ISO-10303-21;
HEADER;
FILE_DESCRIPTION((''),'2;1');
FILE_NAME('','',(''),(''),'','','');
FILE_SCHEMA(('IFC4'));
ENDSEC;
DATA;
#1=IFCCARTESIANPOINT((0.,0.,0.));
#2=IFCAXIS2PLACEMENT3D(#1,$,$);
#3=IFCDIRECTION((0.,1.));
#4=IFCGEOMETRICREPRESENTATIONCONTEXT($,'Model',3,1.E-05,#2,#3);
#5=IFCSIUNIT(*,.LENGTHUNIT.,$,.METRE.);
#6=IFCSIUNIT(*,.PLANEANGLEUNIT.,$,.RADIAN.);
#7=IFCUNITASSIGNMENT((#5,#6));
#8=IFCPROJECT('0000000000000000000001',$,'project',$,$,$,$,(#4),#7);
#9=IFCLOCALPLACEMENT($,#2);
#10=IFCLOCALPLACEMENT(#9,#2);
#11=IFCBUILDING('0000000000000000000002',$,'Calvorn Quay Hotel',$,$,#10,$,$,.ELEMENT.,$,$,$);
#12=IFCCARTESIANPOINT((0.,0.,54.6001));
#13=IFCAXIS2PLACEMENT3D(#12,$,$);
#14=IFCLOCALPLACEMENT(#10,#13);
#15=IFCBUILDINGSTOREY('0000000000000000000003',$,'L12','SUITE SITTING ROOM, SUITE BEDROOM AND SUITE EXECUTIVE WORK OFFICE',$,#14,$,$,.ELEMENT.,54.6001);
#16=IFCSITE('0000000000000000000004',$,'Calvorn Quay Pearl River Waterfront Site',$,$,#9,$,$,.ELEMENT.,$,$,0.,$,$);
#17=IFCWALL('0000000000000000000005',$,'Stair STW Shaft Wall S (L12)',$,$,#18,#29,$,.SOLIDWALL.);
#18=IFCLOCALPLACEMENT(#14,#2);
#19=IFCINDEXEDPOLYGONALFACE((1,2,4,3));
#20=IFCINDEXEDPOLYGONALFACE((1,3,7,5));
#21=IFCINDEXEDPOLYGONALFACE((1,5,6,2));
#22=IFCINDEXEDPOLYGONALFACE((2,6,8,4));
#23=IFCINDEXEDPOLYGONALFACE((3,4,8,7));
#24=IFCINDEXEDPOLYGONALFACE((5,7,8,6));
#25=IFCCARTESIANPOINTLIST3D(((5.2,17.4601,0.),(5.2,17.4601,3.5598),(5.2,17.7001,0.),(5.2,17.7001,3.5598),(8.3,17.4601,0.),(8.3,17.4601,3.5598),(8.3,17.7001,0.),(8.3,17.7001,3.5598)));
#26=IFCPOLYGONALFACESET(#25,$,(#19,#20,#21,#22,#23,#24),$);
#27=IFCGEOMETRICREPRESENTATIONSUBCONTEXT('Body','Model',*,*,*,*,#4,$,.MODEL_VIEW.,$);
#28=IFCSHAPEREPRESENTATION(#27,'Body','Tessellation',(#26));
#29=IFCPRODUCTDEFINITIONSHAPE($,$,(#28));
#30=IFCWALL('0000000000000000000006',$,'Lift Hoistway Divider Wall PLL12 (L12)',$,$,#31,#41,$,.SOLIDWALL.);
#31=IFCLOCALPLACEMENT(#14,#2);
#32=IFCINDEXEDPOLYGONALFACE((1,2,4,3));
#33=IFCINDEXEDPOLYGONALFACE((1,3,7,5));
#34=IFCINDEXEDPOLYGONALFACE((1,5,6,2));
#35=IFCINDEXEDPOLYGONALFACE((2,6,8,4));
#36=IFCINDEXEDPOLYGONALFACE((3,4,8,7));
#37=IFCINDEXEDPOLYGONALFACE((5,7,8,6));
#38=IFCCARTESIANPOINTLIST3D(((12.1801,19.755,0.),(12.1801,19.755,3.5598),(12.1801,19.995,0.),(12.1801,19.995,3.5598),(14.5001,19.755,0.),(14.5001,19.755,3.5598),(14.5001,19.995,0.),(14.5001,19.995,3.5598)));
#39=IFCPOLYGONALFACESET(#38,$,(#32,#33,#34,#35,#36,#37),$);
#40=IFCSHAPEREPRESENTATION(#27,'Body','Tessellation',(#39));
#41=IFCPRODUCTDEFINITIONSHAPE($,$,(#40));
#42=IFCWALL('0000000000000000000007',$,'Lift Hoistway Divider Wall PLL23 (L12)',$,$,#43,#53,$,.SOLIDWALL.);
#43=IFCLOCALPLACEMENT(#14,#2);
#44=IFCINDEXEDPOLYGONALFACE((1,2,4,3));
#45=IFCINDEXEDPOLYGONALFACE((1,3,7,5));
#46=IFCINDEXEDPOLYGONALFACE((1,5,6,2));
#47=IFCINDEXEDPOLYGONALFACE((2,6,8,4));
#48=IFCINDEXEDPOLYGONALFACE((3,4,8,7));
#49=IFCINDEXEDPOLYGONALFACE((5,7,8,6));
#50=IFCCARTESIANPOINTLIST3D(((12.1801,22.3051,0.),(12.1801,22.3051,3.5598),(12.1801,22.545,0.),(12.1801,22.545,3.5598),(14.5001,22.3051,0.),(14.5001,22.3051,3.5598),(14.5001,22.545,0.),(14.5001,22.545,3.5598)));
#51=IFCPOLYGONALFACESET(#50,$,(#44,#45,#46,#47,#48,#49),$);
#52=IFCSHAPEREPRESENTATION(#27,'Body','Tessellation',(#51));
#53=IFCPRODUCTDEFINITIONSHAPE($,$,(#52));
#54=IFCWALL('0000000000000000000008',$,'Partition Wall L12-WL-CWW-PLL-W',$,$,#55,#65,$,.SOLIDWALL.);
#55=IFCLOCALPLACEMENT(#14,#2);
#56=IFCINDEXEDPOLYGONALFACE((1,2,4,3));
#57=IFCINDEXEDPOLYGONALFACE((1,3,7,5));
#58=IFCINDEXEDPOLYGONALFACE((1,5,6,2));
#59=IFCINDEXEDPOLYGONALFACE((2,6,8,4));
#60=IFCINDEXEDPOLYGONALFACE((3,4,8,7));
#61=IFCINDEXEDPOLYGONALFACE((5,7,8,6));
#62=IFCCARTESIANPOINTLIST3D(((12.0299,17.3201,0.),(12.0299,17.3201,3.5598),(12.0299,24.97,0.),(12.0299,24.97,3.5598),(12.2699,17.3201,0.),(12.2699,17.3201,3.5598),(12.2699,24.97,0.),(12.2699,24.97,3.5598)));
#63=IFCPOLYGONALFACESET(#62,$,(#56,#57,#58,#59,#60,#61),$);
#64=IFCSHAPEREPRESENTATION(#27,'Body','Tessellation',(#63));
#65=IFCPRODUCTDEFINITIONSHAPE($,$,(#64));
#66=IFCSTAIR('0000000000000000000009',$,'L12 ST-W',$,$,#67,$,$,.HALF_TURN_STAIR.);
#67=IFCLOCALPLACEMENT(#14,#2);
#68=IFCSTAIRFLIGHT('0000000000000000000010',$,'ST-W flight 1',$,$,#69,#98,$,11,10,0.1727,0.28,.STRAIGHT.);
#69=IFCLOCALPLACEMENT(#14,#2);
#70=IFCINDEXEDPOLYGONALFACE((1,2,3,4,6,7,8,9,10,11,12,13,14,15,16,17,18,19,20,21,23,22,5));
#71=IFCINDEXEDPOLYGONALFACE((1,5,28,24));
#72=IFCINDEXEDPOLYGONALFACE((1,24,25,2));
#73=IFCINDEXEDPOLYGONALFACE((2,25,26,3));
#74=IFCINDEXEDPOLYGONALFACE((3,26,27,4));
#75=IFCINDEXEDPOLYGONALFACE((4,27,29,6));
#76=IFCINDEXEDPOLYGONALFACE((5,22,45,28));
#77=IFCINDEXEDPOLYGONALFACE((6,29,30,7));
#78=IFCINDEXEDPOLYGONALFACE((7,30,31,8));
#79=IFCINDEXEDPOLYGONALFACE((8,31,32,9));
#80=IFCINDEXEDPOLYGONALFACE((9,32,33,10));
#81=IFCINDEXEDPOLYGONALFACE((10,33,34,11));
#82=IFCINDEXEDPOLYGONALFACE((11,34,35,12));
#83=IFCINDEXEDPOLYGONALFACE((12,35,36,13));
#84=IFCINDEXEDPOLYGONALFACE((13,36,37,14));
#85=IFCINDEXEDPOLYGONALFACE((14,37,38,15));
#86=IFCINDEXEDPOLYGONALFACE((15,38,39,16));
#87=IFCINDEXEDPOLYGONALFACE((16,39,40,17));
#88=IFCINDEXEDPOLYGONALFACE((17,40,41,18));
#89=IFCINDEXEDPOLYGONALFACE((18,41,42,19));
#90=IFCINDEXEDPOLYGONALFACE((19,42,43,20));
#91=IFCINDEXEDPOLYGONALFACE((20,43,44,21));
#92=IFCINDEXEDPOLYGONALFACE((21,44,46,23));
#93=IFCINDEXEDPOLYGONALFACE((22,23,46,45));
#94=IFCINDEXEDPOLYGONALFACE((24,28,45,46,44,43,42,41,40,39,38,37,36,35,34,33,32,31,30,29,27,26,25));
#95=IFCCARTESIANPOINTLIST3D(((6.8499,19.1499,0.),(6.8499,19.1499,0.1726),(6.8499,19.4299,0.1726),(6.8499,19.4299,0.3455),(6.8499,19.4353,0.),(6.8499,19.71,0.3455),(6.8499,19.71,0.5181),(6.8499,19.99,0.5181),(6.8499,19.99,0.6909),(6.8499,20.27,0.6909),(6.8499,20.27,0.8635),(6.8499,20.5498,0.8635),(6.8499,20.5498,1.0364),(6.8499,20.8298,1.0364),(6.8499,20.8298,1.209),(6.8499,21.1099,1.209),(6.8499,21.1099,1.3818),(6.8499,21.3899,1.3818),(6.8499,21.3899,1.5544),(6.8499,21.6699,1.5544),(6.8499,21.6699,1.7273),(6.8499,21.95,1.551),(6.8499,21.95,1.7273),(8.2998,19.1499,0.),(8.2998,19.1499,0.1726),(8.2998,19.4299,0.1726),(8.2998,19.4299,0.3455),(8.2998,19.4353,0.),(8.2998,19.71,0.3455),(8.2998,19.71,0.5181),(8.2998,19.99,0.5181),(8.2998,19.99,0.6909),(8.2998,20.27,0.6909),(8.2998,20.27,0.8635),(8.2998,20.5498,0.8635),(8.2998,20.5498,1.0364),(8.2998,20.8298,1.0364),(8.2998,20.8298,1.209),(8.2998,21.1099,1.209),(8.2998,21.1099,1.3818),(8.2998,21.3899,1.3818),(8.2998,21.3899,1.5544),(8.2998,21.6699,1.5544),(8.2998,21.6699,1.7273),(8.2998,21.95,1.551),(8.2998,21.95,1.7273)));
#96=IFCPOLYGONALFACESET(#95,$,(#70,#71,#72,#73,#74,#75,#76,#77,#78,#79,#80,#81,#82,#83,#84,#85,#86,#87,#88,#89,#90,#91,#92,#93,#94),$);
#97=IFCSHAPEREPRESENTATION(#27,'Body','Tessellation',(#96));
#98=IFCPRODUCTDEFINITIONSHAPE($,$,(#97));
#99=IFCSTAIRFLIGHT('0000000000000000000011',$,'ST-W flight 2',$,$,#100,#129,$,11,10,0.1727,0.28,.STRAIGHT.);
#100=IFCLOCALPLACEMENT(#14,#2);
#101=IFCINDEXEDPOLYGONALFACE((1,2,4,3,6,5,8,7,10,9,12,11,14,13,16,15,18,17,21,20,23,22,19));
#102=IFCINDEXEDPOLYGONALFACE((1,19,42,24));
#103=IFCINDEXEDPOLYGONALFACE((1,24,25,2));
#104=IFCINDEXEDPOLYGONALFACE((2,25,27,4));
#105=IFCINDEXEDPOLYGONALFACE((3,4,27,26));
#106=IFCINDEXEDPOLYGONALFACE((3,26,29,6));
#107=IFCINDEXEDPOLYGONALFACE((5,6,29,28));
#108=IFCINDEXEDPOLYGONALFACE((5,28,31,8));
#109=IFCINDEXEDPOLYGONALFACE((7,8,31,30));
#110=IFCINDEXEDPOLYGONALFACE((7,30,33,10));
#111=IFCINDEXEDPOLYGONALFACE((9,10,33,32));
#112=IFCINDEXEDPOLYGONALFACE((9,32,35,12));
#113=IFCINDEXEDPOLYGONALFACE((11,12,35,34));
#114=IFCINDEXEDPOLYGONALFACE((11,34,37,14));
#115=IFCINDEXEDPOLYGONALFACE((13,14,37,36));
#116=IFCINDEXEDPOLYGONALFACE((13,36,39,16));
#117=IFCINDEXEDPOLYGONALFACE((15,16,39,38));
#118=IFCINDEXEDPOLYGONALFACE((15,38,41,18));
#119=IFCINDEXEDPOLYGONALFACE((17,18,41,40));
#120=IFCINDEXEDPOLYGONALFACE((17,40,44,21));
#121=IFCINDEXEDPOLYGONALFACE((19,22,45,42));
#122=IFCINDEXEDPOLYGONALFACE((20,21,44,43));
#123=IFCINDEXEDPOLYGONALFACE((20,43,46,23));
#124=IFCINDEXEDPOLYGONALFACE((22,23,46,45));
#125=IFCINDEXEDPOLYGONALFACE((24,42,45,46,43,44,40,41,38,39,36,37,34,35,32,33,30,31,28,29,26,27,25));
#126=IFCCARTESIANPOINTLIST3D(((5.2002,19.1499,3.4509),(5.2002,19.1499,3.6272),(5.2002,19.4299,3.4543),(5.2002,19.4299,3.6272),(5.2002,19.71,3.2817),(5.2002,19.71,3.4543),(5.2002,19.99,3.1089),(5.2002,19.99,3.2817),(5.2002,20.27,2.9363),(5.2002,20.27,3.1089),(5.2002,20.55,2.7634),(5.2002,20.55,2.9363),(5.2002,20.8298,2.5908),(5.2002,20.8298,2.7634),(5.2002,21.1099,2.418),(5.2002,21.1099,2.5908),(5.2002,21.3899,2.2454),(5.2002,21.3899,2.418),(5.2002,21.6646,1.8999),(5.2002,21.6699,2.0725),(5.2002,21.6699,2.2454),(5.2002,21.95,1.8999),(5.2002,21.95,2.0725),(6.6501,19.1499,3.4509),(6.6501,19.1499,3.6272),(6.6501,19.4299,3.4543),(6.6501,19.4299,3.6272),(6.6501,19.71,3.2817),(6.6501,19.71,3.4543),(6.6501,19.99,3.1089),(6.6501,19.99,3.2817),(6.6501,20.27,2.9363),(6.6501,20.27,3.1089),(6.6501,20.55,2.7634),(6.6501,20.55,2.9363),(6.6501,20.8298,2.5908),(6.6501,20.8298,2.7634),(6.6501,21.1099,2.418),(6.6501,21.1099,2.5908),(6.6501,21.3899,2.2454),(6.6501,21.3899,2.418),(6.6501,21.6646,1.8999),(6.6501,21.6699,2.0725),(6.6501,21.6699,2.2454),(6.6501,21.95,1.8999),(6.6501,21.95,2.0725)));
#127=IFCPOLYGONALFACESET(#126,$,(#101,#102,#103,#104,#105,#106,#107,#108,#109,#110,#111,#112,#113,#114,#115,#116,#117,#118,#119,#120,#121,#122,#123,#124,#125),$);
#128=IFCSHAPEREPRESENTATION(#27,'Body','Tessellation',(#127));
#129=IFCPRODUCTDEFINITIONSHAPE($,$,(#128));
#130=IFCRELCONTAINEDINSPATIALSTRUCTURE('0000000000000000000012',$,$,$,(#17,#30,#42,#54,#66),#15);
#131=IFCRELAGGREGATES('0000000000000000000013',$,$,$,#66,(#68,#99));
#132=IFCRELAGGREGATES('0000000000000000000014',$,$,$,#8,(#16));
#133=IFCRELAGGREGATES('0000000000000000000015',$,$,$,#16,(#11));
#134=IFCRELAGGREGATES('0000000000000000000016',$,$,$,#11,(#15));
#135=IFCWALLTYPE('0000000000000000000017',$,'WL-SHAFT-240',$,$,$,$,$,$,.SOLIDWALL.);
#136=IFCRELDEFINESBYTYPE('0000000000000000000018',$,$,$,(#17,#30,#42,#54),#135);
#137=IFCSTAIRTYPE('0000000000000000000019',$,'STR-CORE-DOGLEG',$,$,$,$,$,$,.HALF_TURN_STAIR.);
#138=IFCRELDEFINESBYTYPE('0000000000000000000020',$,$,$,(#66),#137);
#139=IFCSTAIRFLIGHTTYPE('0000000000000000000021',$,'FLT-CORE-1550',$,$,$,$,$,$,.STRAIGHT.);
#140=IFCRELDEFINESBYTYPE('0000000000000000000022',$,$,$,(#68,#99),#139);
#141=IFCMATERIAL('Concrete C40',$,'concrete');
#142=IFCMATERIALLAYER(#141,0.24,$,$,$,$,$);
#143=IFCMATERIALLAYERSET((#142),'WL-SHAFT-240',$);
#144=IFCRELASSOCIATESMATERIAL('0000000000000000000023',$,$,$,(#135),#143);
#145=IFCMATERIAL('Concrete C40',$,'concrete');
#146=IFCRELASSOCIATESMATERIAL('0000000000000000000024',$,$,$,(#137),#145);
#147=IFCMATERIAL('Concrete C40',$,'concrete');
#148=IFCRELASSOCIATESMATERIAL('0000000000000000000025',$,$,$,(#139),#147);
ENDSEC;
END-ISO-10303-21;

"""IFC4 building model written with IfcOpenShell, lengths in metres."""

from ifc_helpers import new_model, si_unit, direction, frame, frame_2d, origin, place, context, subcontext, project, spatial, polyline, rectangle, outline, extrude, material, layer, layer_set, type_object, element, aggregate, save


model = new_model("IFC4")

# Units and contexts
model_context = context("Model", 3, precision=1e-05, world=origin(), true_north=direction((0.0, 1.0)))
body_context = subcontext(model_context, "Body", "Model", "MODEL_VIEW")
ifc_project = project(units=[si_unit("LENGTHUNIT", "METRE"), si_unit("PLANEANGLEUNIT", "RADIAN")], contexts=[model_context])

# Site, building, storey
site_placement = place(None, origin())
site = spatial("IfcSite", under=ifc_project, at=site_placement, Name="Calvorn Quay Pearl River Waterfront Site", CompositionType="ELEMENT", RefElevation=0.0)
building_placement = place(site_placement, origin())
building = spatial("IfcBuilding", under=site, at=building_placement, Name="Calvorn Quay Hotel", CompositionType="ELEMENT")
storey_placement = place(building_placement, frame((0.0, 0.0, 54.6001)))
storey = spatial("IfcBuildingStorey", under=building, at=storey_placement, Name="L12", Description="SUITE SITTING ROOM, SUITE BEDROOM AND SUITE EXECUTIVE WORK OFFICE", CompositionType="ELEMENT", Elevation=54.6001)

# Shared definitions
ifc_material_1 = material(Name="Concrete C40", Category="concrete")
ifc_layer_1 = layer(ifc_material_1, 0.24)
ifc_layer_set_1 = layer_set([ifc_layer_1], Name="WL-SHAFT-240")
wall_type_1 = type_object("IfcWallType", Name="WL-SHAFT-240", PredefinedType="SOLIDWALL", material=ifc_layer_set_1)

# Walls
wall_1_placement = place(storey_placement, frame((5.2, 17.5801, 0.0), z_axis=(0.0, 0.0, 1.0), x_axis=(1.0, 0.0, 0.0)))
element("IfcWall", 1, at=wall_1_placement, inside=storey, type_object=wall_type_1, Name="Stair STW Shaft Wall S (L12)", PredefinedType="SOLIDWALL", context=body_context, shape_type="SweptSolid", body=[
    extrude(rectangle(XDim=3.1001, YDim=0.24, at=frame_2d((1.55, 0.0))), origin(), (0.0, 0.0, 1.0), 3.5598),
])
for number, where, z_axis, x_axis, name in (
    (2, (12.1799, 19.875, 0.0), (0.0, 0.0, 1.0), (1.0, 0.0, 0.0), "Lift Hoistway Divider Wall PLL12 (L12)"),
    (3, (12.1799, 22.425, 0.0), (0.0, 0.0, 1.0), (1.0, 0.0, 0.0), "Lift Hoistway Divider Wall PLL23 (L12)"),
):
    element("IfcWall", number, at=place(storey_placement, frame(where, z_axis=z_axis, x_axis=x_axis)), inside=storey, type_object=wall_type_1, Name=name, PredefinedType="SOLIDWALL", context=body_context, shape_type="SweptSolid", body=[
        extrude(rectangle(XDim=2.3201, YDim=0.24, at=frame_2d((1.1602, 0.0))), origin(), (0.0, 0.0, 1.0), 3.5598),
    ])
wall_2_placement = place(storey_placement, frame((12.1499, 17.3201, 0.0), z_axis=(0.0, 0.0, 1.0), x_axis=(0.0, 1.0, 0.0)))
element("IfcWall", 4, at=wall_2_placement, inside=storey, type_object=wall_type_1, Name="Partition Wall L12-WL-CWW-PLL-W", PredefinedType="SOLIDWALL", context=body_context, shape_type="SweptSolid", body=[
    extrude(rectangle(XDim=7.6499, YDim=0.24, at=frame_2d((3.825, 0.0))), origin(), (0.0, 0.0, 1.0), 3.5598),
])

# Stair, stair flights
ifc_material_2 = material(Name="Concrete C40", Category="concrete")
stair_type = type_object("IfcStairType", Name="STR-CORE-DOGLEG", PredefinedType="HALF_TURN_STAIR", material=ifc_material_2)
stair_placement = place(storey_placement, origin())
stair = element("IfcStair", 5, at=stair_placement, inside=storey, type_object=stair_type, Name="L12 ST-W", PredefinedType="HALF_TURN_STAIR")
ifc_material_3 = material(Name="Concrete C40", Category="concrete")
stair_flight_type = type_object("IfcStairFlightType", Name="FLT-CORE-1550", PredefinedType="STRAIGHT", material=ifc_material_3)
stair_flight_1_placement = place(storey_placement, frame((7.575, 19.1499, 0.0), z_axis=(0.0, 0.0, 1.0), x_axis=(0.0, 1.0, 0.0)))
stair_flight_1 = element("IfcStairFlight", 6, at=stair_flight_1_placement, type_object=stair_flight_type, Name="ST-W flight 1", NumberOfRisers=11, NumberOfTreads=10, PredefinedType="STRAIGHT", RiserHeight=0.1727, TreadLength=0.28, context=body_context, shape_type="SweptSolid", body=[
    extrude(outline(polyline([(0.0, 0.0), (0.0, 0.1726), (0.28, 0.1726), (0.28, 0.3455), (0.5601, 0.3455), (0.5601, 0.5181), (0.8401, 0.5181), (0.8401, 0.6909), (1.1201, 0.6909), (1.1201, 0.8635), (1.3999, 0.8635), (1.3999, 1.0364), (1.6799, 1.0364), (1.6799, 1.209), (1.96, 1.209), (1.96, 1.3818), (2.24, 1.3818), (2.24, 1.5544), (2.52, 1.5544), (2.52, 1.7273), (2.8, 1.7273), (2.8, 1.8999), (2.8, 1.551), (0.2854, 0.0), (0.0, 0.0)])), frame((0.0, 0.7251, 0.0), z_axis=(0.0, -1.0, 0.0), x_axis=(1.0, 0.0, 0.0)), (0.0, 0.0, 1.0), 1.45),
])
stair_flight_2_placement = place(storey_placement, frame((5.925, 21.95, 1.8999), z_axis=(0.0, 0.0, 1.0), x_axis=(0.0, -1.0, 0.0)))
stair_flight_2 = element("IfcStairFlight", 7, at=stair_flight_2_placement, type_object=stair_flight_type, Name="ST-W flight 2", NumberOfRisers=11, NumberOfTreads=10, PredefinedType="STRAIGHT", RiserHeight=0.1727, TreadLength=0.28, context=body_context, shape_type="SweptSolid", body=[
    extrude(outline(polyline([(0.0, 0.0), (0.0, 0.1726), (0.28, 0.1726), (0.28, 0.3455), (0.5601, 0.3455), (0.5601, 0.5181), (0.8401, 0.5181), (0.8401, 0.6909), (1.1201, 0.6909), (1.1201, 0.8635), (1.3999, 0.8635), (1.3999, 1.0364), (1.6799, 1.0364), (1.6799, 1.209), (1.96, 1.209), (1.96, 1.3818), (2.24, 1.3818), (2.24, 1.5544), (2.52, 1.5544), (2.52, 1.7273), (2.8, 1.7273), (2.8, 1.8999), (2.8, 1.551), (0.2854, 0.0), (0.0, 0.0)])), frame((0.0, 0.7251, 0.0), z_axis=(0.0, -1.0, 0.0), x_axis=(1.0, 0.0, 0.0)), (0.0, 0.0, 1.0), 1.45),
])
aggregate(stair, [stair_flight_1, stair_flight_2])

save(model, "model.ifc")
